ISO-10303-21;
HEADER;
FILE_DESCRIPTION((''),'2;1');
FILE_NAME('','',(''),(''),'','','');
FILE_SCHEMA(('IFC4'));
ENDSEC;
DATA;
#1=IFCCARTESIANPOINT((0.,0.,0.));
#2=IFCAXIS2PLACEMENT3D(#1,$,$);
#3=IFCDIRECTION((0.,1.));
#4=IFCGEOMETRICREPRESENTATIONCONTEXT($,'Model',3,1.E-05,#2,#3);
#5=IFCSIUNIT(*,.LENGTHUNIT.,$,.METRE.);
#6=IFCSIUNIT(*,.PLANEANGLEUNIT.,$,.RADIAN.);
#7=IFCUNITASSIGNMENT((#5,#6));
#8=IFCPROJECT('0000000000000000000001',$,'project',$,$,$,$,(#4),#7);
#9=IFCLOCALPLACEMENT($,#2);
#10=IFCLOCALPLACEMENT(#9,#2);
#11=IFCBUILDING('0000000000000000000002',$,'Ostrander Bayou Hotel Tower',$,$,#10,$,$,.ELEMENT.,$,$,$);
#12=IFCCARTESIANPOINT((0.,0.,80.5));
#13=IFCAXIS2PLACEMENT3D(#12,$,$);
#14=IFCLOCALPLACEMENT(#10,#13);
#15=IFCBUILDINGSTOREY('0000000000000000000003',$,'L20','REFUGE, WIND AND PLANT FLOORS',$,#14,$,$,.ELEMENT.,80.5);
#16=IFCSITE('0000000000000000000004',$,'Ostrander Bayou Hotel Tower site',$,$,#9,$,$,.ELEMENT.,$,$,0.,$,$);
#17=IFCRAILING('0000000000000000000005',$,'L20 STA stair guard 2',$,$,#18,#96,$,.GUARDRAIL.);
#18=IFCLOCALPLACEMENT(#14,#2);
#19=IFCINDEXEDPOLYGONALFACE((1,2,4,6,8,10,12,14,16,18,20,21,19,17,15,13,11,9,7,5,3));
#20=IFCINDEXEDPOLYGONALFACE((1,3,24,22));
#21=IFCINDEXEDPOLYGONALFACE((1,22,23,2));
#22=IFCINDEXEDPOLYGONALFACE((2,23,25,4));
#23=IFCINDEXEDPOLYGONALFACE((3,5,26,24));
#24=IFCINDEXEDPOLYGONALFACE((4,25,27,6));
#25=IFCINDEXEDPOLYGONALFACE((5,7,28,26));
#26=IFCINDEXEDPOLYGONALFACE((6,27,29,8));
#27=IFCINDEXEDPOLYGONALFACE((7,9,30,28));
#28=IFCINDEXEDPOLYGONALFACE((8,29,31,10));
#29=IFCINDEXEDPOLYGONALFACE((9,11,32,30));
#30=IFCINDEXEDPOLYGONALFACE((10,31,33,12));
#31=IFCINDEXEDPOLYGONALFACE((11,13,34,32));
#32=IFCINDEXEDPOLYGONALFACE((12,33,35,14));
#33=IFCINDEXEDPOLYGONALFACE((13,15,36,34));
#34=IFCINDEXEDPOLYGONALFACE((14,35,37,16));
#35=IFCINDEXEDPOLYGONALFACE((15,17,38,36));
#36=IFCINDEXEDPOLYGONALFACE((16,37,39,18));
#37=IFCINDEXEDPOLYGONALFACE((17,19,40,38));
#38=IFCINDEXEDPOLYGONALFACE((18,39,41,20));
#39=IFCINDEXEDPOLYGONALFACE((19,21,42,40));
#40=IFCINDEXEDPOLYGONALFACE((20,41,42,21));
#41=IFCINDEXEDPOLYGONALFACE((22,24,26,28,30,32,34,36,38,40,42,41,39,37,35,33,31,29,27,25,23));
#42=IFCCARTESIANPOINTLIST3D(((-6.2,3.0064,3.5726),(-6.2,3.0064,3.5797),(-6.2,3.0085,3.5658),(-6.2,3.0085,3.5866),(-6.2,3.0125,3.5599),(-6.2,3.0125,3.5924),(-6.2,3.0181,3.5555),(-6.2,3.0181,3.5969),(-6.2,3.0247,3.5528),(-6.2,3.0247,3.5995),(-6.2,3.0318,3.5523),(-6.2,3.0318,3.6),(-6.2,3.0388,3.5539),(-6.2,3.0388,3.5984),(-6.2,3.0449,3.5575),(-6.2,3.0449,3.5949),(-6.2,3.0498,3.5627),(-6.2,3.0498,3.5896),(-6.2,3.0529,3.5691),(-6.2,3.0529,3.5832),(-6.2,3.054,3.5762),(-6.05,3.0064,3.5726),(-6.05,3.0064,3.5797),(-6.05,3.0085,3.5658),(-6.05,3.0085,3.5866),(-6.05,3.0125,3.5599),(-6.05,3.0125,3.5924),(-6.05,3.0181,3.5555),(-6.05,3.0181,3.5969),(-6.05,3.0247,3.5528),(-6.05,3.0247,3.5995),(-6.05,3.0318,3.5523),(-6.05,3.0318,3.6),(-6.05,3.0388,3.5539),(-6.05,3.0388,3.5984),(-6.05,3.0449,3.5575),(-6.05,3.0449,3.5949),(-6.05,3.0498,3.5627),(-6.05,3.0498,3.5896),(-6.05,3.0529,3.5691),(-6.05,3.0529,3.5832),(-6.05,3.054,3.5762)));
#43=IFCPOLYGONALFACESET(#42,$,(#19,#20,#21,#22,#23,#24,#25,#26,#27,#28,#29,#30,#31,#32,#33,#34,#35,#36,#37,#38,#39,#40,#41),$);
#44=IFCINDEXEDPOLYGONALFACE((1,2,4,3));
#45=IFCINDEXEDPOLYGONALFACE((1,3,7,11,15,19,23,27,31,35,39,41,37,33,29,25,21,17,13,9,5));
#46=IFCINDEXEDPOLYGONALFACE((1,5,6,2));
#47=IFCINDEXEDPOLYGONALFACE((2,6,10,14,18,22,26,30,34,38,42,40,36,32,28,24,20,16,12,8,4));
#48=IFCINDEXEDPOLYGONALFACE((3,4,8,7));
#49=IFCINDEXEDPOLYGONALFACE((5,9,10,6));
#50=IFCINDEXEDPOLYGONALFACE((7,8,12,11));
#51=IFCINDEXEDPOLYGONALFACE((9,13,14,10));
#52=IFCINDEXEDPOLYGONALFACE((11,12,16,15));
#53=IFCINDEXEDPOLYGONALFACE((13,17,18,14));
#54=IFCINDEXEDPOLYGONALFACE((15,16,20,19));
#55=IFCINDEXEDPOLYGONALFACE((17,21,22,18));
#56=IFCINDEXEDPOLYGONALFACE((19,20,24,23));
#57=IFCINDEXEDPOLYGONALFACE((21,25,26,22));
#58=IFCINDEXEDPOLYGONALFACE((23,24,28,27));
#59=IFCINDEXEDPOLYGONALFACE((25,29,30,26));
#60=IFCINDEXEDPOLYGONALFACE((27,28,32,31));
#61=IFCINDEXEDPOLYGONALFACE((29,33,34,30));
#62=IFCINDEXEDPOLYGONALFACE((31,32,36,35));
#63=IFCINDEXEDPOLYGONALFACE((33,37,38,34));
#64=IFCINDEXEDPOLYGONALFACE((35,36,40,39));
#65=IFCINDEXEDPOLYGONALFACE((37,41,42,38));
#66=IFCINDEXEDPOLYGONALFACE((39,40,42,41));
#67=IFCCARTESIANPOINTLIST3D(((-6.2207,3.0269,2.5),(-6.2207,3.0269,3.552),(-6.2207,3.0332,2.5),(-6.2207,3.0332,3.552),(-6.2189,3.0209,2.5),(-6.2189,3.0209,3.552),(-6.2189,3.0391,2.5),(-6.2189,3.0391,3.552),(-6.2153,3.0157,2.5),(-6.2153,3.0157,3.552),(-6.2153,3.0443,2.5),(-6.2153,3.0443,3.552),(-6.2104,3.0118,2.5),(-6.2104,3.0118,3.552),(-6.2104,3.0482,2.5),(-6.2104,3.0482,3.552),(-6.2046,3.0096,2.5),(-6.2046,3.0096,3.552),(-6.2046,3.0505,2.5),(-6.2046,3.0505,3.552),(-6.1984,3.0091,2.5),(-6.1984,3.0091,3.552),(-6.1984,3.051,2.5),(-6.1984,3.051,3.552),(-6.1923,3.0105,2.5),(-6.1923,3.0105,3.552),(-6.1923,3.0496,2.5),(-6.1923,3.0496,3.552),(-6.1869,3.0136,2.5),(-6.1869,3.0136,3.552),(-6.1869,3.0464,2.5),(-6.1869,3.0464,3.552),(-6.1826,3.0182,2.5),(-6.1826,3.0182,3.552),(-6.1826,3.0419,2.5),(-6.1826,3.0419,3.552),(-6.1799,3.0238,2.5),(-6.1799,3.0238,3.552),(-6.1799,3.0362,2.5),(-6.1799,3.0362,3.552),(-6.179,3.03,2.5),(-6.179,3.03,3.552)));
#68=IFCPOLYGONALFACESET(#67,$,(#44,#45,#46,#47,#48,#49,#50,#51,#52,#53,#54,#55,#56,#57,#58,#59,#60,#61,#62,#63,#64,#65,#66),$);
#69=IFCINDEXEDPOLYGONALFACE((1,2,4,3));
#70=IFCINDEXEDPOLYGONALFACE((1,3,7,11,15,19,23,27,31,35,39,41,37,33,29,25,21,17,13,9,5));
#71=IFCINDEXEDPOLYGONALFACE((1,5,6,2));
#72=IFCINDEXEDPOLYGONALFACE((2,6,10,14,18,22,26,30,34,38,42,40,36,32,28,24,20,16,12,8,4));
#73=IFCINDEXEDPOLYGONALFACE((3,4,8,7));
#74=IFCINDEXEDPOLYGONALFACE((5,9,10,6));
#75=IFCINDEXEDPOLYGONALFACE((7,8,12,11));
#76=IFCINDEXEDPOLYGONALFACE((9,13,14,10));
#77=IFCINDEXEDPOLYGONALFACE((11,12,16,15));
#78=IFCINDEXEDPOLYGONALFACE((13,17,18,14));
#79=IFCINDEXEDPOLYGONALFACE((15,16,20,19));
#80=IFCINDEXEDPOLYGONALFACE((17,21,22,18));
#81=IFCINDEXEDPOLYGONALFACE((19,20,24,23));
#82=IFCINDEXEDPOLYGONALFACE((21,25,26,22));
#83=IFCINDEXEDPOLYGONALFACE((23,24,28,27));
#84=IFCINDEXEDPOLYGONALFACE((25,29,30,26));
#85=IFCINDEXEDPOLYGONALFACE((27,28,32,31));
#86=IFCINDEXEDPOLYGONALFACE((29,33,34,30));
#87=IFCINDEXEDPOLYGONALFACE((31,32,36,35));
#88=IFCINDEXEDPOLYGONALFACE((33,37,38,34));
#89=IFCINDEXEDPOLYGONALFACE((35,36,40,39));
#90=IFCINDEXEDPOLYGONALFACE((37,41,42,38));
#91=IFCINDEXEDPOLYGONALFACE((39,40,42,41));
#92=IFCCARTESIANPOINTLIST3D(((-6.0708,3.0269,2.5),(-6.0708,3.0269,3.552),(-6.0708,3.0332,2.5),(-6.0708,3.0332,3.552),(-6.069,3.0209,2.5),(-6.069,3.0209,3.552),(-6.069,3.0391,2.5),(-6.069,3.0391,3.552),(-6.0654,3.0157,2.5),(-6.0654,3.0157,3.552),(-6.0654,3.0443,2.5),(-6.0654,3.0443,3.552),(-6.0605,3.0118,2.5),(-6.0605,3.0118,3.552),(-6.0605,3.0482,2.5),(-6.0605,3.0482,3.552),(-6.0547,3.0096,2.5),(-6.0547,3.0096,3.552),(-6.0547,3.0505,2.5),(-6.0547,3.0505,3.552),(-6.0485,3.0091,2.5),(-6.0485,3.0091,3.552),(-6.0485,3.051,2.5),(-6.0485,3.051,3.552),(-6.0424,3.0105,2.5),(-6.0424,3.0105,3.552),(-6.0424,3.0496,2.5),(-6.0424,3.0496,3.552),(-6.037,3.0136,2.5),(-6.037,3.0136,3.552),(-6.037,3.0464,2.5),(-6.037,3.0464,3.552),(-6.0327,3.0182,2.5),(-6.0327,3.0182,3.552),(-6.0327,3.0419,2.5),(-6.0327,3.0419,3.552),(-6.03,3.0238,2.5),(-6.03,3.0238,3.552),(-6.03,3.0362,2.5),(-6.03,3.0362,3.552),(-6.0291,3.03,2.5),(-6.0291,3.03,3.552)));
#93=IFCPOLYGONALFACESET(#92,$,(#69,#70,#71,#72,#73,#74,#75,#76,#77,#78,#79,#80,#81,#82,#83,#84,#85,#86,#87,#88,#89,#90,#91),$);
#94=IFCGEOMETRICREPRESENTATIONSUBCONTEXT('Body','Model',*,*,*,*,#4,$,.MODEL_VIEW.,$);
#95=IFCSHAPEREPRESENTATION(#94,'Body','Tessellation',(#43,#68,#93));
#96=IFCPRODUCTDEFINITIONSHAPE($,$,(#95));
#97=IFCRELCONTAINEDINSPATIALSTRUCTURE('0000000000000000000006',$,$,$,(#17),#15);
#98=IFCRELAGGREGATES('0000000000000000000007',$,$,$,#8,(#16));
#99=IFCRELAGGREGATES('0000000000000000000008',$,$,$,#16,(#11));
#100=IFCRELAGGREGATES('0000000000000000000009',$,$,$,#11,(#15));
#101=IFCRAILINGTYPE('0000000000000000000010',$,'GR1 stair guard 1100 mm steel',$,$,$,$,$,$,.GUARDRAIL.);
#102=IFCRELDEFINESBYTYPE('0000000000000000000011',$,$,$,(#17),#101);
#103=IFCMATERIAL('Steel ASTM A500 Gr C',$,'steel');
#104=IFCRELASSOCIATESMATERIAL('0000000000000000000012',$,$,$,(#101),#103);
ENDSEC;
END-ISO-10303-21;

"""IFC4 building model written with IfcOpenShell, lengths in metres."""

from ifc_helpers import new_model, si_unit, direction, frame, origin, origin_2d, place, context, subcontext, project, spatial, circle, extrude, material, type_object, element, save


model = new_model("IFC4")

# Units and contexts
model_context = context("Model", 3, precision=1e-05, world=origin(), true_north=direction((0.0, 1.0)))
body_context = subcontext(model_context, "Body", "Model", "MODEL_VIEW")
ifc_project = project(units=[si_unit("LENGTHUNIT", "METRE"), si_unit("PLANEANGLEUNIT", "RADIAN")], contexts=[model_context])

# Site, building, storey
site_placement = place(None, origin())
site = spatial("IfcSite", under=ifc_project, at=site_placement, Name="Ostrander Bayou Hotel Tower site", CompositionType="ELEMENT", RefElevation=0.0)
building_placement = place(site_placement, origin())
building = spatial("IfcBuilding", under=site, at=building_placement, Name="Ostrander Bayou Hotel Tower", CompositionType="ELEMENT")
storey_placement = place(building_placement, frame((0.0, 0.0, 80.5)))
storey = spatial("IfcBuildingStorey", under=building, at=storey_placement, Name="L20", Description="REFUGE, WIND AND PLANT FLOORS", CompositionType="ELEMENT", Elevation=80.5)

# Railing
ifc_material_1 = material(Name="Steel ASTM A500 Gr C", Category="steel")
railing_type_1 = type_object("IfcRailingType", Name="GR1 stair guard 1100 mm steel", PredefinedType="GUARDRAIL", material=ifc_material_1)
railing_1_placement = place(storey_placement, frame((-6.2, 3.03, 2.5)))
element("IfcRailing", 1, at=railing_1_placement, inside=storey, type_object=railing_type_1, Name="L20 STA stair guard 2", PredefinedType="GUARDRAIL", context=body_context, shape_type="SweptSolid", body=[
    extrude(circle(Radius=0.0239, at=origin_2d()), frame((0.0, 0.0, 1.0762), z_axis=(1.0, 0.0, 0.0), x_axis=(0.0, 1.0, 0.0)), (0.0, 0.0, 1.0), 0.1499),
    extrude(circle(Radius=0.021, at=origin_2d()), origin(), (0.0, 0.0, 1.0), 1.052),
    extrude(circle(Radius=0.021, at=origin_2d()), frame((0.1499, 0.0, 0.0)), (0.0, 0.0, 1.0), 1.052),
])

save(model, "model.ifc")
